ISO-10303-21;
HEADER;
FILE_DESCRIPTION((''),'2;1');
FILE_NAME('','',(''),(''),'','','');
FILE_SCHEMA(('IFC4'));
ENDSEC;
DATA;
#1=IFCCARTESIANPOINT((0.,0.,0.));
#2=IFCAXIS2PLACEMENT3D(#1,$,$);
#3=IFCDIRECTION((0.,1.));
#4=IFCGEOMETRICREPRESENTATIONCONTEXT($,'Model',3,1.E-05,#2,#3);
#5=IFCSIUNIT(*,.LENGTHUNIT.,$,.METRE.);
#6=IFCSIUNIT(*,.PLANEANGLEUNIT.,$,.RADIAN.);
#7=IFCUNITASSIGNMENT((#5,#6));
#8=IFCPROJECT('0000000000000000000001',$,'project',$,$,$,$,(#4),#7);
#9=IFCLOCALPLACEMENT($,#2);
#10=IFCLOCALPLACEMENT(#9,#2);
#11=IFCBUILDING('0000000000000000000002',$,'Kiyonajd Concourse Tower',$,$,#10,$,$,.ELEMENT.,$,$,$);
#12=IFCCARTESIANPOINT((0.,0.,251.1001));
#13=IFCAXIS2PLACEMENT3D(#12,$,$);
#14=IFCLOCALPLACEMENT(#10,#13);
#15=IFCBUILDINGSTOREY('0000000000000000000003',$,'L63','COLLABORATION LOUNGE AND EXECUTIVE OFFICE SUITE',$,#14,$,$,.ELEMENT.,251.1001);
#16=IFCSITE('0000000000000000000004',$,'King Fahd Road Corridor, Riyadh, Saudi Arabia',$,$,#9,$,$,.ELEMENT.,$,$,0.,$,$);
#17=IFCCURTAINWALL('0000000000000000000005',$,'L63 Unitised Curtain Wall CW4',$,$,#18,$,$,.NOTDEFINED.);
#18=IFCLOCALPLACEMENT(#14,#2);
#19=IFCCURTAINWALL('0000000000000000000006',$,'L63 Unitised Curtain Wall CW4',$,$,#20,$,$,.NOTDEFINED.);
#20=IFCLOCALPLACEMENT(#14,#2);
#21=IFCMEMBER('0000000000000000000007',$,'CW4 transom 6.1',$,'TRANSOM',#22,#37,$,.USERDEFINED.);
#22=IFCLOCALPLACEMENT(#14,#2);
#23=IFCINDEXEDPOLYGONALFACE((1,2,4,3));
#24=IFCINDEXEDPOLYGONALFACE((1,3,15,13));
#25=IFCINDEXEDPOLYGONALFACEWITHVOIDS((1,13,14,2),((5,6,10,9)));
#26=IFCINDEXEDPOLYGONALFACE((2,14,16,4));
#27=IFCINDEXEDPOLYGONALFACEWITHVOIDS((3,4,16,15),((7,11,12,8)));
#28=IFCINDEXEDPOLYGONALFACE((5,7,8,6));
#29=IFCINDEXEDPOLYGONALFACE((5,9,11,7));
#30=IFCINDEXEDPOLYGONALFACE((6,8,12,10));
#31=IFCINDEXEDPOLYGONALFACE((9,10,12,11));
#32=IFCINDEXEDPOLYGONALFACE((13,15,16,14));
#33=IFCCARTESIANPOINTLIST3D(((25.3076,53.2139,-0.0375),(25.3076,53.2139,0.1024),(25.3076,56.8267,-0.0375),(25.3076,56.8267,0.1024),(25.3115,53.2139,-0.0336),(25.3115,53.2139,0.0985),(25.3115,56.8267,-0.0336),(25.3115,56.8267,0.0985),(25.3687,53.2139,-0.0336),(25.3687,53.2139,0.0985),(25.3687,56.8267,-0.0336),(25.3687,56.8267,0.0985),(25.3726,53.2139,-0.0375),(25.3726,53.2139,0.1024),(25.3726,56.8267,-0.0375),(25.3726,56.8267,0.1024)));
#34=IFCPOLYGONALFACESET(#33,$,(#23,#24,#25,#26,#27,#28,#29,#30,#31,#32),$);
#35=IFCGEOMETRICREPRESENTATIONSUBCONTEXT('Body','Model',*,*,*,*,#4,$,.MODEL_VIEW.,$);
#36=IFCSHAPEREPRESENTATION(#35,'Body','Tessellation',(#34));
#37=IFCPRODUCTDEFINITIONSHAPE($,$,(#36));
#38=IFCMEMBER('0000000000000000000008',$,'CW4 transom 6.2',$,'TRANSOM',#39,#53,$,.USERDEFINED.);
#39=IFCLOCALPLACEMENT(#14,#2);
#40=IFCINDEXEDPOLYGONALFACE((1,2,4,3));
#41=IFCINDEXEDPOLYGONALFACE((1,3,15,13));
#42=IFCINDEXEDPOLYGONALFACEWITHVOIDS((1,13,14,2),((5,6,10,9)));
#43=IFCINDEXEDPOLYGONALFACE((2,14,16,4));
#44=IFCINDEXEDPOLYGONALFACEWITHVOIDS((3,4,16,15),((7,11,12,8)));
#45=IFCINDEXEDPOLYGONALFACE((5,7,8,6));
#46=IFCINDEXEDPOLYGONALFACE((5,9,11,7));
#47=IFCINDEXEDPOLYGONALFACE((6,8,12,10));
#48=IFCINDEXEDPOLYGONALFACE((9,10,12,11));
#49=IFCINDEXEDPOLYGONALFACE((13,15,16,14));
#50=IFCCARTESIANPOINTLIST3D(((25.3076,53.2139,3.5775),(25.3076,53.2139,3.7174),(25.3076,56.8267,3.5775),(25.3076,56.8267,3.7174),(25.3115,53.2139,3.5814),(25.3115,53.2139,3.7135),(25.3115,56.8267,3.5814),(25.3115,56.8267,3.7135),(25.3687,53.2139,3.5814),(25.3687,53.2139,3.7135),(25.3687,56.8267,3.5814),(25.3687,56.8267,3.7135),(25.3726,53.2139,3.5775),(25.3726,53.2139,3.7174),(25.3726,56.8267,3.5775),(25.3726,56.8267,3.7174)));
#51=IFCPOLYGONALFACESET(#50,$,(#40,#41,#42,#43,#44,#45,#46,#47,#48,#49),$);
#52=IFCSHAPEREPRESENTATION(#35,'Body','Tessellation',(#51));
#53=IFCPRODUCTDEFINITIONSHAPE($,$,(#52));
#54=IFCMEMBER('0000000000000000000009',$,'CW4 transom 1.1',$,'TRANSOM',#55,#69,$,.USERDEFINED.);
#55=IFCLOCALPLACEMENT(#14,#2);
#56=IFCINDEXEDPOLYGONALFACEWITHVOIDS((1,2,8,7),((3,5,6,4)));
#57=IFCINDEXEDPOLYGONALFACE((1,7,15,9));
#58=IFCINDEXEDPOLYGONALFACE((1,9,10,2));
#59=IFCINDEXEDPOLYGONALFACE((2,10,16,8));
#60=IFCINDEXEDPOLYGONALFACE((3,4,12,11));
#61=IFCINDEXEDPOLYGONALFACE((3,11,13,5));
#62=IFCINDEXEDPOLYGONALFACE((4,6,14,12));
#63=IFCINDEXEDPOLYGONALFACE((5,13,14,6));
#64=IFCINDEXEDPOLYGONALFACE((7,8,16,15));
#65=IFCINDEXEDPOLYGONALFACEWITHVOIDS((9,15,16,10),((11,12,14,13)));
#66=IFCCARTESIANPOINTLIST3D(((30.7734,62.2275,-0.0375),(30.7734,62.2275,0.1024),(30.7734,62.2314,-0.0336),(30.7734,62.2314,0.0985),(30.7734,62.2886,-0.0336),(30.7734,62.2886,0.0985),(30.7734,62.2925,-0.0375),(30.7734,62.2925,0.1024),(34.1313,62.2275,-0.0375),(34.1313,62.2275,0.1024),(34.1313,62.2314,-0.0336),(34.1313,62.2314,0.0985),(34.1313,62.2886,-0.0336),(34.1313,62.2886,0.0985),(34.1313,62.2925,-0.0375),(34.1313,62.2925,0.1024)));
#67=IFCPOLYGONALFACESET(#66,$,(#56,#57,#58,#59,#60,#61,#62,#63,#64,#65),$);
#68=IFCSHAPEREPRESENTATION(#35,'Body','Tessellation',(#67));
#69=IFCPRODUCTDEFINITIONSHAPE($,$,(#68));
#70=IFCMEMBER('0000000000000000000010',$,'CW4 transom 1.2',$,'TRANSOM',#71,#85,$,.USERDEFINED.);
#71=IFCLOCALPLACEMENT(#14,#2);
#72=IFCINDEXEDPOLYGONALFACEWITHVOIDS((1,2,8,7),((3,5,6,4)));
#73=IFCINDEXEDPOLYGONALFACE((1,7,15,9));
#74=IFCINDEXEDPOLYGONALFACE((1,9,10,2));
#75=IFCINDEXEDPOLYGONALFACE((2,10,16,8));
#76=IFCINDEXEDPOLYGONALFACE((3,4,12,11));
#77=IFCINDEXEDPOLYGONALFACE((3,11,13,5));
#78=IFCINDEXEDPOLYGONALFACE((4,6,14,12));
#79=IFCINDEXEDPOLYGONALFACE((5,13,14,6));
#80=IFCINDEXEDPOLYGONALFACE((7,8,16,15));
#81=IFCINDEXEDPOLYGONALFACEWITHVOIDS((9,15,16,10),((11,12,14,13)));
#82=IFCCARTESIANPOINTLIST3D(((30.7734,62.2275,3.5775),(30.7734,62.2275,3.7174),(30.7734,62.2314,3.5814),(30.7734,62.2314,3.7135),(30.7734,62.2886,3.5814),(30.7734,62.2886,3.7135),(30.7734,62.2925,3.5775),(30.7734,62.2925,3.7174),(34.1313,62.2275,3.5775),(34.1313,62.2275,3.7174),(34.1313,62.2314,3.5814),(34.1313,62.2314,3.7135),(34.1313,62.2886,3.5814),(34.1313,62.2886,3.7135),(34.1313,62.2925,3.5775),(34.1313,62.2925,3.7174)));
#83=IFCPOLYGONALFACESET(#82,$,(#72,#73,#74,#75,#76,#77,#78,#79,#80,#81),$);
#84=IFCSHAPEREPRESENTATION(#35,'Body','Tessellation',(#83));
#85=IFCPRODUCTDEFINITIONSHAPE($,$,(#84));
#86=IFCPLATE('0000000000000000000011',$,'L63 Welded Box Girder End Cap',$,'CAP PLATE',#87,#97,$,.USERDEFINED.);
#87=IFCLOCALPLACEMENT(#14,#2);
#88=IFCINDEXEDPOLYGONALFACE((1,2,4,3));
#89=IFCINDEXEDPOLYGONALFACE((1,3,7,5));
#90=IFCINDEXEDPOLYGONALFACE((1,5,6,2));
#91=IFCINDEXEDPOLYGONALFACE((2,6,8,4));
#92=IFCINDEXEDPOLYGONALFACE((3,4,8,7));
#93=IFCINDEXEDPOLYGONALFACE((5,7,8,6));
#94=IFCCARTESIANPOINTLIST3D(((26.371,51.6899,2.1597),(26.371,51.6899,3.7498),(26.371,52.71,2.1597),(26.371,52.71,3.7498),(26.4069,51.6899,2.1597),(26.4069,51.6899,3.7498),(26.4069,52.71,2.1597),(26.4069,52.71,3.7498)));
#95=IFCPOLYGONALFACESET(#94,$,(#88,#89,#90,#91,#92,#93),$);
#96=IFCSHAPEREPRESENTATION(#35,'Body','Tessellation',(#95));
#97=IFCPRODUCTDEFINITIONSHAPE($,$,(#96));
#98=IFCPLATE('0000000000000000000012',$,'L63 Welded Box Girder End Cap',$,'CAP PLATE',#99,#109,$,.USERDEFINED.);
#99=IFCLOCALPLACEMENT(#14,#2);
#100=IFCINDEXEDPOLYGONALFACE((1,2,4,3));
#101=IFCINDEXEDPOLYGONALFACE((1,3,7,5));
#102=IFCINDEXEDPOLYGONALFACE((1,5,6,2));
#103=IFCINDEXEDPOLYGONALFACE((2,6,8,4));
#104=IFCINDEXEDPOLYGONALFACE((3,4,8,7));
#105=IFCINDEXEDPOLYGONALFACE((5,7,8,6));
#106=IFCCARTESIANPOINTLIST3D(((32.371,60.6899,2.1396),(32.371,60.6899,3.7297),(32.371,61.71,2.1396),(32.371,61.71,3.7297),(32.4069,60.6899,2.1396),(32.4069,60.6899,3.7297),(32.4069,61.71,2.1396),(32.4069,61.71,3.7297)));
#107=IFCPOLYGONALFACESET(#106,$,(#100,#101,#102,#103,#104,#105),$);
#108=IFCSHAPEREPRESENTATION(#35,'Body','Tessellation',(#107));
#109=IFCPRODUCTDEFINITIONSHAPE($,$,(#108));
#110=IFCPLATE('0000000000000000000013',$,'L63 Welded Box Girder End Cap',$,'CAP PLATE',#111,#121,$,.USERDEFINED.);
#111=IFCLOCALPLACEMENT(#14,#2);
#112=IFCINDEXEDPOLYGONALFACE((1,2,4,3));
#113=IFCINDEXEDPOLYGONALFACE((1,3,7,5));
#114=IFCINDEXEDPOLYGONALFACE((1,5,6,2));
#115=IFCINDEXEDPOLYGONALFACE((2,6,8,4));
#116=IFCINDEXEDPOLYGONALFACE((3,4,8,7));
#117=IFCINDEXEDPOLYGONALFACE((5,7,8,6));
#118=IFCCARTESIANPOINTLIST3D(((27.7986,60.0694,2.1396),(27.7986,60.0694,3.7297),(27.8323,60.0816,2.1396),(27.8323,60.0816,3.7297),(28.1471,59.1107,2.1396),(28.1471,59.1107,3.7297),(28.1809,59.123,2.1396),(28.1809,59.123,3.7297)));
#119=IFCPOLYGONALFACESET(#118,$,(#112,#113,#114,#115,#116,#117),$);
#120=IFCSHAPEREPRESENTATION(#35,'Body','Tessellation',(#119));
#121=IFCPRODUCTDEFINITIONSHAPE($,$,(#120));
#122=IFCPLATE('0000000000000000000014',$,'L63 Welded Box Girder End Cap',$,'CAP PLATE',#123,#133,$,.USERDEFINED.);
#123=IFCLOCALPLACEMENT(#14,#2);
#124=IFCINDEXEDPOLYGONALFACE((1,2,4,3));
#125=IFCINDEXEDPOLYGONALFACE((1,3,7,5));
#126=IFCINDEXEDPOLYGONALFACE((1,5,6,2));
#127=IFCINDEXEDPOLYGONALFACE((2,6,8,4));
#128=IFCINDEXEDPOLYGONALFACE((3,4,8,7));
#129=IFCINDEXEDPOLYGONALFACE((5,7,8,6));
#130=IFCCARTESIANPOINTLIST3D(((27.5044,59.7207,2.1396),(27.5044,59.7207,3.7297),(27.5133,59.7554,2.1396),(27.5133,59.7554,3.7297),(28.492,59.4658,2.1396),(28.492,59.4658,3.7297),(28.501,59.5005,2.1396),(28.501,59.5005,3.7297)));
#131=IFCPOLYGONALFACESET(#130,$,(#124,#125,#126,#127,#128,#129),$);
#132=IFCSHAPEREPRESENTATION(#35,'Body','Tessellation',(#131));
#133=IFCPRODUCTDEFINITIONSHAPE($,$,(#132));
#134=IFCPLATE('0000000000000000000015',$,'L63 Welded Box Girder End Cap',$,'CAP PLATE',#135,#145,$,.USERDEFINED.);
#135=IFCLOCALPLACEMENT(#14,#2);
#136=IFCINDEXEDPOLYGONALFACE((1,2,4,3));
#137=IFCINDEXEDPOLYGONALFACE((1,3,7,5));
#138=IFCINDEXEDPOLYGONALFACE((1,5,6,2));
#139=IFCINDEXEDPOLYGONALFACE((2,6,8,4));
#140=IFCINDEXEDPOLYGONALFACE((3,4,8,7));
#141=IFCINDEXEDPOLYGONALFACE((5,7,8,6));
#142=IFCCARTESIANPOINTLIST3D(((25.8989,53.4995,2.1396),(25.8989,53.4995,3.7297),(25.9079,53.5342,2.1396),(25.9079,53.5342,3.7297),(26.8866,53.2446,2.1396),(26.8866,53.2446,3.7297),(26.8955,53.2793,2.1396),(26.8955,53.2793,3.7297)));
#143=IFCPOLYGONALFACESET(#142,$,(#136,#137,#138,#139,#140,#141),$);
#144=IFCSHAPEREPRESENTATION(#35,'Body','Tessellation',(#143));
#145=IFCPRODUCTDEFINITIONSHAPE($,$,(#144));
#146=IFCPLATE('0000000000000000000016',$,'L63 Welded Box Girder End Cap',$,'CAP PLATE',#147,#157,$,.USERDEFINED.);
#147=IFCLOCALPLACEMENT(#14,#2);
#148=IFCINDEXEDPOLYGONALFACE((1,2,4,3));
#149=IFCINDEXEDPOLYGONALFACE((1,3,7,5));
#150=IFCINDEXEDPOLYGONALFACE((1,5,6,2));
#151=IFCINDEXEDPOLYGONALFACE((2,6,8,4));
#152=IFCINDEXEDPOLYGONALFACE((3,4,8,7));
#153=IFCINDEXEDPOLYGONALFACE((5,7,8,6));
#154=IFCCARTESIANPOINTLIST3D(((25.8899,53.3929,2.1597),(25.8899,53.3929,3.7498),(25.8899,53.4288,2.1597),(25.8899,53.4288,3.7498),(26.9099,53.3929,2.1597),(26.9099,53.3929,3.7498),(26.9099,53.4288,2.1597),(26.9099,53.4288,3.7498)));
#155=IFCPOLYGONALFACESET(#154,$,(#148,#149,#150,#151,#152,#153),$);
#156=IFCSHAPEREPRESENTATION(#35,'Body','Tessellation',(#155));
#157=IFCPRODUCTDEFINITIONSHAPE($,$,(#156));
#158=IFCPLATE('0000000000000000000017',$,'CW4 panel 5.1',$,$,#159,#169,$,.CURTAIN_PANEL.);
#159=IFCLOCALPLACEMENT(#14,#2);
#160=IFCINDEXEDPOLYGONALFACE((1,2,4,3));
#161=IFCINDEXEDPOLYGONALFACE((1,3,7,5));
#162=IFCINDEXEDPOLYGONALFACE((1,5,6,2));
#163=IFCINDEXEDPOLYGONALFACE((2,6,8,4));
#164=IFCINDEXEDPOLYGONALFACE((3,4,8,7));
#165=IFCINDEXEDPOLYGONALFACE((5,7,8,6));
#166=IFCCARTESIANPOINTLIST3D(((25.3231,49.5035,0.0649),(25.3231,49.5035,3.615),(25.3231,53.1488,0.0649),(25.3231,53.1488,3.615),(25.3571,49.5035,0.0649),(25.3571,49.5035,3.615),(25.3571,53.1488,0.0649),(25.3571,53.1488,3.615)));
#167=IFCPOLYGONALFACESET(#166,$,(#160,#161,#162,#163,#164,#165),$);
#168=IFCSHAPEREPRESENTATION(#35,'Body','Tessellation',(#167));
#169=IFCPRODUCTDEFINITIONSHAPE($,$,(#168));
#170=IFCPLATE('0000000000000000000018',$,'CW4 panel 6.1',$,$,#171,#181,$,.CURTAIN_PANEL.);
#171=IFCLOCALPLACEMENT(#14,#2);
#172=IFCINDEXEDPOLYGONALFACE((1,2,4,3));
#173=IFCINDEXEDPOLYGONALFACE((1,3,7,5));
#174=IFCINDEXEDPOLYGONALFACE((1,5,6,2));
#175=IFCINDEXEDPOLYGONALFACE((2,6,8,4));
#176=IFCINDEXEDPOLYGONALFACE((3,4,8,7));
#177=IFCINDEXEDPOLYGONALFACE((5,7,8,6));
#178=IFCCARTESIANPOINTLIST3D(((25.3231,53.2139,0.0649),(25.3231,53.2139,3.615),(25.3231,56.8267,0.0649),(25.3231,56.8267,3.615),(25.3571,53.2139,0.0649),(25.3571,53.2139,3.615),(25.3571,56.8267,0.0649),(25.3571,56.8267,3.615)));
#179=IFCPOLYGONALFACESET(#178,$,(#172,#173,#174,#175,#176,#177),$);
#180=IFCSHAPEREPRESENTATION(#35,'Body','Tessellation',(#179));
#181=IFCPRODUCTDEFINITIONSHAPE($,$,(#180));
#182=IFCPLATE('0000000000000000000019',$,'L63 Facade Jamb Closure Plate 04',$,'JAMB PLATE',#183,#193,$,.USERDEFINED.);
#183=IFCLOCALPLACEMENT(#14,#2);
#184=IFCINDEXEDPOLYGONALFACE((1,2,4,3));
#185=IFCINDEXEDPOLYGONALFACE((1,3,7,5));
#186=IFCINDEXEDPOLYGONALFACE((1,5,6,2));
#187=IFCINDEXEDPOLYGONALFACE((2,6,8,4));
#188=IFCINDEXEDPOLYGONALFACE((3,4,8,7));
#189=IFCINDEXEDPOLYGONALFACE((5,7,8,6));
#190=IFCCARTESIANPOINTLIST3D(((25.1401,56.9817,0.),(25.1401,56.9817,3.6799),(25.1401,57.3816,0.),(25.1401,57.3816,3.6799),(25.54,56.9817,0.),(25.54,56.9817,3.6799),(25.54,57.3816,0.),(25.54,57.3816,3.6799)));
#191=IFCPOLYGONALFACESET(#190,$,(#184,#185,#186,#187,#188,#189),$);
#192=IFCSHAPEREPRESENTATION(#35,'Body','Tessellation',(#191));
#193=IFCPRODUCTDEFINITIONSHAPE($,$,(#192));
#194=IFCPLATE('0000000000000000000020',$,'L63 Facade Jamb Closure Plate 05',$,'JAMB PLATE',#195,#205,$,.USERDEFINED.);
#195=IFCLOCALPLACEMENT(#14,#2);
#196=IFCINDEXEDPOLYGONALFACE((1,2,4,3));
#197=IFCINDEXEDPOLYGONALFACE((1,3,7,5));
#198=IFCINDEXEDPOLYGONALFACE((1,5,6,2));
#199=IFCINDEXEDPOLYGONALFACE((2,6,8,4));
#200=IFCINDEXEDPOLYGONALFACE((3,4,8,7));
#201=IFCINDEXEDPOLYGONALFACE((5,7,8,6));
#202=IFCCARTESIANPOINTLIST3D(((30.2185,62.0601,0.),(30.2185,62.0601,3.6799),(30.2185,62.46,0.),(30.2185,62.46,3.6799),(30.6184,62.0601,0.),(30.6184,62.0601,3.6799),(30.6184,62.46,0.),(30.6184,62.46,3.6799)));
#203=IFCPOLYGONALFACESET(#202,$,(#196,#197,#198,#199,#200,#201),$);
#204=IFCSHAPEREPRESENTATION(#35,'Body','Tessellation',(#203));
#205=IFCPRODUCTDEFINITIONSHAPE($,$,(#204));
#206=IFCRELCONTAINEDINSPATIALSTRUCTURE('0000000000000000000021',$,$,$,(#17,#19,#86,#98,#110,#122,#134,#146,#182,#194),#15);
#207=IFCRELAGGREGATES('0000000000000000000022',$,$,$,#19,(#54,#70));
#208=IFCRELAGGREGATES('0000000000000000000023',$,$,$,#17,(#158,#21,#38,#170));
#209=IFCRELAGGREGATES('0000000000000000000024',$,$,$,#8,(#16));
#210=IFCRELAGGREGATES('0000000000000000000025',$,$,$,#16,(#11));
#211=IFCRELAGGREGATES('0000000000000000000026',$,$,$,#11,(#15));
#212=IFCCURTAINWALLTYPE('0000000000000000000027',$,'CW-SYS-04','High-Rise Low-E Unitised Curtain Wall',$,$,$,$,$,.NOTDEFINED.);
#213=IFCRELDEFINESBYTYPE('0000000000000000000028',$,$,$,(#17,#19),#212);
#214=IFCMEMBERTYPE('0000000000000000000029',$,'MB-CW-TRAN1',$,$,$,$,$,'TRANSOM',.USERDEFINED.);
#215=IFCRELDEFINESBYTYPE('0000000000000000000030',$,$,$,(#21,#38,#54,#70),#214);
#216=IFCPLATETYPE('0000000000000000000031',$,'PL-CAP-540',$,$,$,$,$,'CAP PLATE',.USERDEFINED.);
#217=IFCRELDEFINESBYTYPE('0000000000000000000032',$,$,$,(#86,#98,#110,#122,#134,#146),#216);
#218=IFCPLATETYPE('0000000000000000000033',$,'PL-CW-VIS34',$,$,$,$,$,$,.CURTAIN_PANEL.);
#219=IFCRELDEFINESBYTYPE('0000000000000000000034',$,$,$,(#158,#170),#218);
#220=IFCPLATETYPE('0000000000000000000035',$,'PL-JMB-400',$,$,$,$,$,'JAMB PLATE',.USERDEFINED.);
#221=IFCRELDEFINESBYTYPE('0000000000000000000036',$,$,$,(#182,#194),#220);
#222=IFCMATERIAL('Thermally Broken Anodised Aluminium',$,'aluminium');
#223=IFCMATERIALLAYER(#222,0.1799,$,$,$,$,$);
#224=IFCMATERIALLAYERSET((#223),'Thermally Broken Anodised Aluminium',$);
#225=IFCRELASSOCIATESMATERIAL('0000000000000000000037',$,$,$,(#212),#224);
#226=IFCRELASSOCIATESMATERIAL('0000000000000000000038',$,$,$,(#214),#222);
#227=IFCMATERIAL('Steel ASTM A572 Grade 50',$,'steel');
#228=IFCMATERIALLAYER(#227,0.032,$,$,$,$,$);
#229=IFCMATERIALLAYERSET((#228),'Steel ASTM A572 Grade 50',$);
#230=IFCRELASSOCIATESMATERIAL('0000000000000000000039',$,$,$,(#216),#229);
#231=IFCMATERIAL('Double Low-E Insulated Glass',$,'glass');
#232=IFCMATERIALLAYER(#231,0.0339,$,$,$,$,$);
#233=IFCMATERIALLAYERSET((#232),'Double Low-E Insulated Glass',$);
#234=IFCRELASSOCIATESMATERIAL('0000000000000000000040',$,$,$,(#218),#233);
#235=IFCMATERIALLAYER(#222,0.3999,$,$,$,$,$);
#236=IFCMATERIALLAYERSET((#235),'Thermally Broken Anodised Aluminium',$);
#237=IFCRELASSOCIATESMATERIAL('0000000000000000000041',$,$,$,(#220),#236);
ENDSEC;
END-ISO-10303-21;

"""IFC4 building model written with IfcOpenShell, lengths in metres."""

from ifc_helpers import new_model, si_unit, direction, frame, origin, origin_2d, place, context, subcontext, project, spatial, rectangle, hollow_rectangle, extrude, material, layer, layer_set, material_profile, profile_set, type_object, element, aggregate, save


model = new_model("IFC4")

# Units and contexts
model_context = context("Model", 3, precision=1e-05, world=origin(), true_north=direction((0.0, 1.0)))
body_context = subcontext(model_context, "Body", "Model", "MODEL_VIEW")
ifc_project = project(units=[si_unit("LENGTHUNIT", "METRE"), si_unit("PLANEANGLEUNIT", "RADIAN")], contexts=[model_context])

# Site, building, storey
site_placement = place(None, origin())
site = spatial("IfcSite", under=ifc_project, at=site_placement, Name="King Fahd Road Corridor, Riyadh, Saudi Arabia", CompositionType="ELEMENT", RefElevation=0.0)
building_placement = place(site_placement, origin())
building = spatial("IfcBuilding", under=site, at=building_placement, Name="Kiyonajd Concourse Tower", CompositionType="ELEMENT")
storey_placement = place(building_placement, frame((0.0, 0.0, 251.1001)))
storey = spatial("IfcBuildingStorey", under=building, at=storey_placement, Name="L63", Description="COLLABORATION LOUNGE AND EXECUTIVE OFFICE SUITE", CompositionType="ELEMENT", Elevation=251.1001)

# Shared definitions
ifc_material_1 = material(Name="Steel ASTM A572 Grade 50", Category="steel")

# Curtain wall
ifc_material_2 = material(Name="Thermally Broken Anodised Aluminium", Category="aluminium")
ifc_layer_1 = layer(ifc_material_2, 0.1799)
ifc_layer_set_1 = layer_set([ifc_layer_1], Name="Thermally Broken Anodised Aluminium")
curtain_wall_type = type_object("IfcCurtainWallType", Name="CW-SYS-04", Description="High-Rise Low-E Unitised Curtain Wall", PredefinedType="NOTDEFINED", material=ifc_layer_set_1)
curtain_wall_1_placement = place(storey_placement, origin())
curtain_wall_1 = element("IfcCurtainWall", 1, at=curtain_wall_1_placement, inside=storey, type_object=curtain_wall_type, Name="L63 Unitised Curtain Wall CW4", PredefinedType="NOTDEFINED")

# Curtain wall
curtain_wall_2_placement = place(storey_placement, origin())
curtain_wall_2 = element("IfcCurtainWall", 2, at=curtain_wall_2_placement, inside=storey, type_object=curtain_wall_type, Name="L63 Unitised Curtain Wall CW4", PredefinedType="NOTDEFINED")

# Members
ifc_material_profile_1 = material_profile(ifc_material_2, hollow_rectangle(XDim=0.0649, YDim=0.1399, WallThickness=0.0039, at=origin_2d()), Name="TRAN-65x140")
ifc_profile_set_1 = profile_set([ifc_material_profile_1], Name="Thermally Broken Anodised Aluminium")
member_type_1 = type_object("IfcMemberType", Name="MB-CW-TRAN1", ElementType="TRANSOM", PredefinedType="USERDEFINED", material=ifc_profile_set_1)
member_1_placement = place(storey_placement, frame((25.3401, 53.2139, 0.0325), z_axis=(0.0, 1.0, 0.0), x_axis=(-1.0, 0.0, 0.0)))
member_1 = element("IfcMember", 3, at=member_1_placement, type_object=member_type_1, Name="CW4 transom 6.1", ObjectType="TRANSOM", PredefinedType="USERDEFINED", context=body_context, shape_type="SweptSolid", body=[
    extrude(hollow_rectangle(XDim=0.0649, YDim=0.1399, WallThickness=0.0039, at=origin_2d()), origin(), (0.0, 0.0, 1.0), 3.6128),
])
member_2_placement = place(storey_placement, frame((25.3401, 53.2139, 3.6475), z_axis=(0.0, 1.0, 0.0), x_axis=(-1.0, 0.0, 0.0)))
member_2 = element("IfcMember", 4, at=member_2_placement, type_object=member_type_1, Name="CW4 transom 6.2", ObjectType="TRANSOM", PredefinedType="USERDEFINED", context=body_context, shape_type="SweptSolid", body=[
    extrude(hollow_rectangle(XDim=0.0649, YDim=0.1399, WallThickness=0.0039, at=origin_2d()), origin(), (0.0, 0.0, 1.0), 3.6128),
])
member_3_placement = place(storey_placement, frame((30.7734, 62.26, 0.0325), z_axis=(1.0, 0.0, 0.0), x_axis=(0.0, 1.0, 0.0)))
member_3 = element("IfcMember", 5, at=member_3_placement, type_object=member_type_1, Name="CW4 transom 1.1", ObjectType="TRANSOM", PredefinedType="USERDEFINED", context=body_context, shape_type="SweptSolid", body=[
    extrude(hollow_rectangle(XDim=0.0649, YDim=0.1399, WallThickness=0.0039, at=origin_2d()), origin(), (0.0, 0.0, 1.0), 3.3579),
])
member_4_placement = place(storey_placement, frame((30.7734, 62.26, 3.6475), z_axis=(1.0, 0.0, 0.0), x_axis=(0.0, 1.0, 0.0)))
member_4 = element("IfcMember", 6, at=member_4_placement, type_object=member_type_1, Name="CW4 transom 1.2", ObjectType="TRANSOM", PredefinedType="USERDEFINED", context=body_context, shape_type="SweptSolid", body=[
    extrude(hollow_rectangle(XDim=0.0649, YDim=0.1399, WallThickness=0.0039, at=origin_2d()), origin(), (0.0, 0.0, 1.0), 3.3579),
])
aggregate(curtain_wall_2, [member_3, member_4])

# Plates
ifc_layer_2 = layer(ifc_material_1, 0.032)
ifc_layer_set_2 = layer_set([ifc_layer_2], Name="Steel ASTM A572 Grade 50")
plate_type_1 = type_object("IfcPlateType", Name="PL-CAP-540", ElementType="CAP PLATE", PredefinedType="USERDEFINED", material=ifc_layer_set_2)
for number, where, z_axis, x_axis, name in (
    (7, (26.3889, 52.2, 2.1597), (0.0, 0.0, 1.0), (-1.0, 0.0, 0.0), "L63 Welded Box Girder End Cap"),
    (8, (32.3889, 61.2, 2.1396), (0.0, 0.0, 1.0), (-1.0, 0.0, 0.0), "L63 Welded Box Girder End Cap"),
    (9, (27.9897, 59.5962, 2.1396), (0.0, 0.0, 1.0), (-0.939812, -0.341692, 0.0), "L63 Welded Box Girder End Cap"),
    (10, (28.0027, 59.6106, 2.1396), (0.0, 0.0, 1.0), (0.249873, 0.968279, 0.0), "L63 Welded Box Girder End Cap"),
    (11, (26.3972, 53.3894, 2.1396), (0.0, 0.0, 1.0), (-0.249873, -0.968279, 0.0), "L63 Welded Box Girder End Cap"),
    (12, (26.3999, 53.4109, 2.1597), (0.0, 0.0, 1.0), (0.0, 1.0, 0.0), "L63 Welded Box Girder End Cap"),
):
    element("IfcPlate", number, at=place(storey_placement, frame(where, z_axis=z_axis, x_axis=x_axis)), inside=storey, type_object=plate_type_1, Name=name, ObjectType="CAP PLATE", PredefinedType="USERDEFINED", context=body_context, shape_type="SweptSolid", body=[
        extrude(rectangle(XDim=0.0359, YDim=1.02, at=origin_2d()), origin(), (0.0, 0.0, 1.0), 1.5901),
    ])

# Plates
ifc_material_3 = material(Name="Double Low-E Insulated Glass", Category="glass")
ifc_layer_3 = layer(ifc_material_3, 0.0339)
ifc_layer_set_3 = layer_set([ifc_layer_3], Name="Double Low-E Insulated Glass")
plate_type_2 = type_object("IfcPlateType", Name="PL-CW-VIS34", PredefinedType="CURTAIN_PANEL", material=ifc_layer_set_3)
plate_1_placement = place(storey_placement, frame((25.3401, 51.3262, 0.0649), z_axis=(0.0, 0.0, 1.0), x_axis=(0.0, 1.0, 0.0)))
plate_1 = element("IfcPlate", 13, at=plate_1_placement, type_object=plate_type_2, Name="CW4 panel 5.1", PredefinedType="CURTAIN_PANEL", context=body_context, shape_type="SweptSolid", body=[
    extrude(rectangle(XDim=3.6453, YDim=0.0339, at=origin_2d()), origin(), (0.0, 0.0, 1.0), 3.55),
])
plate_2_placement = place(storey_placement, frame((25.3401, 55.0203, 0.0649), z_axis=(0.0, 0.0, 1.0), x_axis=(0.0, 1.0, 0.0)))
plate_2 = element("IfcPlate", 14, at=plate_2_placement, type_object=plate_type_2, Name="CW4 panel 6.1", PredefinedType="CURTAIN_PANEL", context=body_context, shape_type="SweptSolid", body=[
    extrude(rectangle(XDim=3.6128, YDim=0.0339, at=origin_2d()), origin(), (0.0, 0.0, 1.0), 3.55),
])
aggregate(curtain_wall_1, [plate_1, member_1, member_2, plate_2])

# Plates
ifc_layer_4 = layer(ifc_material_2, 0.3999)
ifc_layer_set_4 = layer_set([ifc_layer_4], Name="Thermally Broken Anodised Aluminium")
plate_type_3 = type_object("IfcPlateType", Name="PL-JMB-400", ElementType="JAMB PLATE", PredefinedType="USERDEFINED", material=ifc_layer_set_4)
for number, where, z_axis, x_axis, name in (
    (15, (25.3401, 57.1816, 0.0), (0.0, 0.0, 1.0), (1.0, 0.0, 0.0), "L63 Facade Jamb Closure Plate 04"),
    (16, (30.4185, 62.26, 0.0), (0.0, 0.0, 1.0), (1.0, 0.0, 0.0), "L63 Facade Jamb Closure Plate 05"),
):
    element("IfcPlate", number, at=place(storey_placement, frame(where, z_axis=z_axis, x_axis=x_axis)), inside=storey, type_object=plate_type_3, Name=name, ObjectType="JAMB PLATE", PredefinedType="USERDEFINED", context=body_context, shape_type="SweptSolid", body=[
        extrude(rectangle(XDim=0.3999, YDim=0.3999, at=origin_2d()), origin(), (0.0, 0.0, 1.0), 3.6799),
    ])

save(model, "model.ifc")
